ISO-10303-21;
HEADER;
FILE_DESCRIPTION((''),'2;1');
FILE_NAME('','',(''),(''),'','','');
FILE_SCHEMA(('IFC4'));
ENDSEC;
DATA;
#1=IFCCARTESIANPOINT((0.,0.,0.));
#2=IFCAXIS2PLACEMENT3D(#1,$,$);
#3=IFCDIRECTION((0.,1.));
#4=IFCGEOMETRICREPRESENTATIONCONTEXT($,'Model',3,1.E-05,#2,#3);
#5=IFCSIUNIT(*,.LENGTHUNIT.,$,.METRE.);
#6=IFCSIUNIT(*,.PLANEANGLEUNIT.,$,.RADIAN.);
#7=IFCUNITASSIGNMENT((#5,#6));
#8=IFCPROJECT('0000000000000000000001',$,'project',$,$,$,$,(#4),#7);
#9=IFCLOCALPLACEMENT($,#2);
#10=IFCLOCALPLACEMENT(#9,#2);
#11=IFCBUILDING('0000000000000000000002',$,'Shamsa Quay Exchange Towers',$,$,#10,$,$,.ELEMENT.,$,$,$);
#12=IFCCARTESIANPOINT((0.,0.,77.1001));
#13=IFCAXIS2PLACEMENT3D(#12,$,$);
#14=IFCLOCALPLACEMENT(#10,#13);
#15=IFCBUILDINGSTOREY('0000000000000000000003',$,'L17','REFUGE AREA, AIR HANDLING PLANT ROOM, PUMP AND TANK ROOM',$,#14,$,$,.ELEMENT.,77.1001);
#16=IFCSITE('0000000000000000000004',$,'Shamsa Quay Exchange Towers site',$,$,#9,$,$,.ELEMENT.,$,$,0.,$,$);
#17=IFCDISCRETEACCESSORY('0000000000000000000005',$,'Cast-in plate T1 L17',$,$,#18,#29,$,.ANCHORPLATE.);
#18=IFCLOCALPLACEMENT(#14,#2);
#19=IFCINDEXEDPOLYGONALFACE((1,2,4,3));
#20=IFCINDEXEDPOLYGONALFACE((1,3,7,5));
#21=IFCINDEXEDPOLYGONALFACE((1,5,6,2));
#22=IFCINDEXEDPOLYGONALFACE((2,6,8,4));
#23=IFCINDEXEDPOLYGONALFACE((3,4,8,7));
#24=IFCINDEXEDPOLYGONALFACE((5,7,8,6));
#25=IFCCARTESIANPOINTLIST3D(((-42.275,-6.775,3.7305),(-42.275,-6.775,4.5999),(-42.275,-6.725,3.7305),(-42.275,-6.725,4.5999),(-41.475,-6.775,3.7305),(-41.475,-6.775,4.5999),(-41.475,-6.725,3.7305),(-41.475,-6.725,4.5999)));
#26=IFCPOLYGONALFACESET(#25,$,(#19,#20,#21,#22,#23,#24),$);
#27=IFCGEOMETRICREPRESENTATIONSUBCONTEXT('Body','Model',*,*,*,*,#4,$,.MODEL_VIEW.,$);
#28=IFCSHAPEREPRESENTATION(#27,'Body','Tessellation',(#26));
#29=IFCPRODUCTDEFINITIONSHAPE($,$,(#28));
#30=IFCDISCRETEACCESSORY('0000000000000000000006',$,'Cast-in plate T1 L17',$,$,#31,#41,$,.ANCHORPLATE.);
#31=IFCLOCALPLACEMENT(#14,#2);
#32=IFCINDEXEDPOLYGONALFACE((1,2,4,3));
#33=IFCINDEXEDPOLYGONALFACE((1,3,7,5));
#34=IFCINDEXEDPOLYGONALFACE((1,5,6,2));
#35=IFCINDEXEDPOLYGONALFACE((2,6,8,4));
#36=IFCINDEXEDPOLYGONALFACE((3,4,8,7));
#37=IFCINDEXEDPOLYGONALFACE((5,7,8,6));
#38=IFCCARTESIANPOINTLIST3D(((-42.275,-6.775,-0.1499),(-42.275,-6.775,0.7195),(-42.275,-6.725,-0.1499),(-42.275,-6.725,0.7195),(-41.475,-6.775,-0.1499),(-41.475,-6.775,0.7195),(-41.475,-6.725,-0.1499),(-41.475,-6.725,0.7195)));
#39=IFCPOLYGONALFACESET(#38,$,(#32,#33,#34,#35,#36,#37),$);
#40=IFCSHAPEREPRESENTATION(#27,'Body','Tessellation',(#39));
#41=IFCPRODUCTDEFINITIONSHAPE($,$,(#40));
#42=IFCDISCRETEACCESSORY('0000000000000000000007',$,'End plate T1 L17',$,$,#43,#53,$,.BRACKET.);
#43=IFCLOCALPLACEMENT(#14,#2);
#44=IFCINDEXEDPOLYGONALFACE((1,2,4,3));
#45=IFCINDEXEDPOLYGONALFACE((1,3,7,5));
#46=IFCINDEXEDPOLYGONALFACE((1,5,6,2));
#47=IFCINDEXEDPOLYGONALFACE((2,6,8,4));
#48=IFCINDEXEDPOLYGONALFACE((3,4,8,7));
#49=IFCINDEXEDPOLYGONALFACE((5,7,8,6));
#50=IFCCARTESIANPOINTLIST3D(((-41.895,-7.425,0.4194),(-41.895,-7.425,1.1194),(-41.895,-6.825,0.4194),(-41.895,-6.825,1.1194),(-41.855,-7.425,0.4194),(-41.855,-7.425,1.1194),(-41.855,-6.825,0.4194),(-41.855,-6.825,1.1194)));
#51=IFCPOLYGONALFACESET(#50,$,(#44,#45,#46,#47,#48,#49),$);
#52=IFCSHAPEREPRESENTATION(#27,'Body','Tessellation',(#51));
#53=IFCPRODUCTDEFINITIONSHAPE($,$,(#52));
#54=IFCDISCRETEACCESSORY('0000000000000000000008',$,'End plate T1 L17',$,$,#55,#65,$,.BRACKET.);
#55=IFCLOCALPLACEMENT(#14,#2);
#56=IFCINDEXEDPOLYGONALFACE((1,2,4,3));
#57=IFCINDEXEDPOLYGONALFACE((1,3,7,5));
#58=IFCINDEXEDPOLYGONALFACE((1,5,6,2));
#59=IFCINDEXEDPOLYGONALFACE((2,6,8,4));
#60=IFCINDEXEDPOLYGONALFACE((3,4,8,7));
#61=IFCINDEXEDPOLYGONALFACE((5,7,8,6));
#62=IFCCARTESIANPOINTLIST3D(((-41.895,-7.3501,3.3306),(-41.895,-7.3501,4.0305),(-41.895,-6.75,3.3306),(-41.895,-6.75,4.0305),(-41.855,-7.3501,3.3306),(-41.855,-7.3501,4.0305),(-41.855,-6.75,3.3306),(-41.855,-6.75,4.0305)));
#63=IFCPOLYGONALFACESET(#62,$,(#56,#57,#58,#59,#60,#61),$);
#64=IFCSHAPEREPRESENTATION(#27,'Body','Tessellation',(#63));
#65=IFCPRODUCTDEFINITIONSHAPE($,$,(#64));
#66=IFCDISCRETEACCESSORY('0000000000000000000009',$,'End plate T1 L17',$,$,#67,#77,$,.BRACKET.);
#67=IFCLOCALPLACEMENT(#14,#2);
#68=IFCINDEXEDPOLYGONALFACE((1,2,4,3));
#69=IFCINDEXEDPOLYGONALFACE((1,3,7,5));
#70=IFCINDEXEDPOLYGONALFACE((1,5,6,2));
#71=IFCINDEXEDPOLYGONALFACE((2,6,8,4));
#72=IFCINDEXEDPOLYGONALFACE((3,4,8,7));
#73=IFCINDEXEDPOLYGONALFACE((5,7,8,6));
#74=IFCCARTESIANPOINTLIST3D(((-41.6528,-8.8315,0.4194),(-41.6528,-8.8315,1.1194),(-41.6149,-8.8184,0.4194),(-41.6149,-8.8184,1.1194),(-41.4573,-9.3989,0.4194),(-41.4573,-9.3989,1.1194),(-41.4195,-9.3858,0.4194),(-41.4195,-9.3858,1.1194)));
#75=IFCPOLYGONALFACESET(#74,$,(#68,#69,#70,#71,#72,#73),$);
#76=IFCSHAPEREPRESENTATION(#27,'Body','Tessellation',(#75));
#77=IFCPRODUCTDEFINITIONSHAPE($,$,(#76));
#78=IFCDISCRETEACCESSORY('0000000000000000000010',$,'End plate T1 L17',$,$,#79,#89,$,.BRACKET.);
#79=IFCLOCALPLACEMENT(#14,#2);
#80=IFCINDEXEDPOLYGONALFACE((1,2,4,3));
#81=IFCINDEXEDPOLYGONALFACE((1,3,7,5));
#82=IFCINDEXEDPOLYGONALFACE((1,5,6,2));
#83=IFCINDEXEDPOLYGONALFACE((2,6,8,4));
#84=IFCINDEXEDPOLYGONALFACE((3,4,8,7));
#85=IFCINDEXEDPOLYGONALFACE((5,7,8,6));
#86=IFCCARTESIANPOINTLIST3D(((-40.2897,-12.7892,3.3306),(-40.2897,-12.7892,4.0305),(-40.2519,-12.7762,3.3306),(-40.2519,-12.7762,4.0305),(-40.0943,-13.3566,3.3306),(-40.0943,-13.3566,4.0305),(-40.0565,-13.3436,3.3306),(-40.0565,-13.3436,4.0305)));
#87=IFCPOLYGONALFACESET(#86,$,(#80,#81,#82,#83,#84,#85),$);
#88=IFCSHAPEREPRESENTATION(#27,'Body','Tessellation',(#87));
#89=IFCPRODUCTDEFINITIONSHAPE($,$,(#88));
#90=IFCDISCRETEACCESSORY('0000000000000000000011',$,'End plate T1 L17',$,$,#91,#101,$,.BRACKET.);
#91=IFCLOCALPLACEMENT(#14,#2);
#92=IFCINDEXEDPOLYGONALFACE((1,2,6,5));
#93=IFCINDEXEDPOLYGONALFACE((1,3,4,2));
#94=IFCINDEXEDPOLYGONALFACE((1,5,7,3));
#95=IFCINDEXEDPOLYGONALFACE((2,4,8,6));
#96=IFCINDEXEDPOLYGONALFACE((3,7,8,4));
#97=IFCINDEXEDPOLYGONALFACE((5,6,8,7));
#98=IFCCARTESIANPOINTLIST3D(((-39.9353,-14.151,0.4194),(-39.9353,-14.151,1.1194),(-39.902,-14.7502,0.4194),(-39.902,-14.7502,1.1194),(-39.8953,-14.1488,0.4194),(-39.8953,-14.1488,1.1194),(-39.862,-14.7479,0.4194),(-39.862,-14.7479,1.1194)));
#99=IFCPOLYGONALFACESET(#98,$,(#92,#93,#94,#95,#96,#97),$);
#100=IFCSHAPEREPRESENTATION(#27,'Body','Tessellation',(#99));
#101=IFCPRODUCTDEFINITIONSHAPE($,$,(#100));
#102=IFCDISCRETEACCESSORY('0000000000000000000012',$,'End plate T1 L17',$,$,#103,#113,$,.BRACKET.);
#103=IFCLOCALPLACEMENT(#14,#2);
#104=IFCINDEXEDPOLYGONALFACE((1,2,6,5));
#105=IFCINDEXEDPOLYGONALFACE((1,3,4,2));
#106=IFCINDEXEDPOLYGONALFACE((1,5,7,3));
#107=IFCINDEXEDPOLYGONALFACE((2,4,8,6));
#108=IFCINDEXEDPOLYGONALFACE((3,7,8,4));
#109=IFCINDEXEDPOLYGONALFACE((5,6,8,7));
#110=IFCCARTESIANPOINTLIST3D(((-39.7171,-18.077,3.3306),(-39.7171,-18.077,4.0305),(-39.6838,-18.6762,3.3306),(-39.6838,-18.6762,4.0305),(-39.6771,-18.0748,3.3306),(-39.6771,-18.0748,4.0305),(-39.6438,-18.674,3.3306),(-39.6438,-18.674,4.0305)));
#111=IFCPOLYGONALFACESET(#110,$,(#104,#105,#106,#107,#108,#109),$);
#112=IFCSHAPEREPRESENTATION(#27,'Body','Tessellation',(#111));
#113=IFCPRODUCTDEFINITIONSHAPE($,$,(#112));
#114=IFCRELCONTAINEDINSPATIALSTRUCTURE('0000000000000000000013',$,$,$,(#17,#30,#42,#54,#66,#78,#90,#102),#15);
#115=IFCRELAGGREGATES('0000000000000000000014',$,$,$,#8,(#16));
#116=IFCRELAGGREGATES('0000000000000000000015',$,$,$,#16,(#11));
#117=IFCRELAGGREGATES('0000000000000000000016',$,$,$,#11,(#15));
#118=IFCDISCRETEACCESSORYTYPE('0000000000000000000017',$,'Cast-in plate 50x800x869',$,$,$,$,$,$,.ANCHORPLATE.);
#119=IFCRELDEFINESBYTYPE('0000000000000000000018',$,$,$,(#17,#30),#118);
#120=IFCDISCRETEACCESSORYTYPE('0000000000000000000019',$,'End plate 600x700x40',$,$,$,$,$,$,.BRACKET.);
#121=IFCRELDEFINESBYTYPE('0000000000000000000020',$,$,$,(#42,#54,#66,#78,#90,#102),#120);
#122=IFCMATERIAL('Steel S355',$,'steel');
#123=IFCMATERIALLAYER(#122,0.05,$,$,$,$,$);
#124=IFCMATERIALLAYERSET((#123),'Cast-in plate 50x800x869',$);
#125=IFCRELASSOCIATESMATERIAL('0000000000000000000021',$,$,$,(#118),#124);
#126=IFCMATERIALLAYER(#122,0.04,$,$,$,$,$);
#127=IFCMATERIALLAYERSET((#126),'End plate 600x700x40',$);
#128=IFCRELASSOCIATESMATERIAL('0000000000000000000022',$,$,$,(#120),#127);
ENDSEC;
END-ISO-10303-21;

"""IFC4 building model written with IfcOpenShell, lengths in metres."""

from ifc_helpers import new_model, si_unit, direction, frame, origin, origin_2d, place, context, subcontext, project, spatial, rectangle, extrude, material, layer, layer_set, type_object, element, save


model = new_model("IFC4")

# Units and contexts
model_context = context("Model", 3, precision=1e-05, world=origin(), true_north=direction((0.0, 1.0)))
body_context = subcontext(model_context, "Body", "Model", "MODEL_VIEW")
ifc_project = project(units=[si_unit("LENGTHUNIT", "METRE"), si_unit("PLANEANGLEUNIT", "RADIAN")], contexts=[model_context])

# Site, building, storey
site_placement = place(None, origin())
site = spatial("IfcSite", under=ifc_project, at=site_placement, Name="Shamsa Quay Exchange Towers site", CompositionType="ELEMENT", RefElevation=0.0)
building_placement = place(site_placement, origin())
building = spatial("IfcBuilding", under=site, at=building_placement, Name="Shamsa Quay Exchange Towers", CompositionType="ELEMENT")
storey_placement = place(building_placement, frame((0.0, 0.0, 77.1001)))
storey = spatial("IfcBuildingStorey", under=building, at=storey_placement, Name="L17", Description="REFUGE AREA, AIR HANDLING PLANT ROOM, PUMP AND TANK ROOM", CompositionType="ELEMENT", Elevation=77.1001)

# Shared definitions
ifc_material_1 = material(Name="Steel S355", Category="steel")

# Discrete accessories
ifc_layer_1 = layer(ifc_material_1, 0.05)
ifc_layer_set_1 = layer_set([ifc_layer_1], Name="Cast-in plate 50x800x869")
discrete_accessory_type_1 = type_object("IfcDiscreteAccessoryType", Name="Cast-in plate 50x800x869", PredefinedType="ANCHORPLATE", material=ifc_layer_set_1)
for number, where, z_axis, x_axis, name in (
    (1, (-41.875, -6.75, 3.7305), (0.0, 0.0, 1.0), (0.0, 1.0, 0.0), "Cast-in plate T1 L17"),
    (2, (-41.875, -6.75, -0.1499), (0.0, 0.0, 1.0), (0.0, 1.0, 0.0), "Cast-in plate T1 L17"),
):
    element("IfcDiscreteAccessory", number, at=place(storey_placement, frame(where, z_axis=z_axis, x_axis=x_axis)), inside=storey, type_object=discrete_accessory_type_1, Name=name, PredefinedType="ANCHORPLATE", context=body_context, shape_type="SweptSolid", body=[
        extrude(rectangle(XDim=0.05, YDim=0.8, at=origin_2d()), origin(), (0.0, 0.0, 1.0), 0.8694),
    ])
ifc_layer_2 = layer(ifc_material_1, 0.04)
ifc_layer_set_2 = layer_set([ifc_layer_2], Name="End plate 600x700x40")
discrete_accessory_type_2 = type_object("IfcDiscreteAccessoryType", Name="End plate 600x700x40", PredefinedType="BRACKET", material=ifc_layer_set_2)
for number, where, z_axis, x_axis, name in (
    (3, (-41.875, -7.125, 0.4194), (0.0, 0.0, 1.0), (0.0, 1.0, 0.0), "End plate T1 L17"),
    (4, (-41.875, -7.05, 3.3306), (0.0, 0.0, 1.0), (0.0, 1.0, 0.0), "End plate T1 L17"),
    (5, (-41.5361, -9.1086, 0.4194), (0.0, 0.0, 1.0), (0.325667, -0.945485, 0.0), "End plate T1 L17"),
    (6, (-40.1731, -13.0664, 3.3306), (0.0, 0.0, 1.0), (0.325667, -0.945485, 0.0), "End plate T1 L17"),
    (7, (-39.8987, -14.4495, 0.4194), (0.0, 0.0, 1.0), (0.05547, -0.99846, 0.0), "End plate T1 L17"),
    (8, (-39.6804, -18.3755, 3.3306), (0.0, 0.0, 1.0), (0.05547, -0.99846, 0.0), "End plate T1 L17"),
):
    element("IfcDiscreteAccessory", number, at=place(storey_placement, frame(where, z_axis=z_axis, x_axis=x_axis)), inside=storey, type_object=discrete_accessory_type_2, Name=name, PredefinedType="BRACKET", context=body_context, shape_type="SweptSolid", body=[
        extrude(rectangle(XDim=0.6001, YDim=0.04, at=origin_2d()), origin(), (0.0, 0.0, 1.0), 0.7),
    ])

save(model, "model.ifc")
